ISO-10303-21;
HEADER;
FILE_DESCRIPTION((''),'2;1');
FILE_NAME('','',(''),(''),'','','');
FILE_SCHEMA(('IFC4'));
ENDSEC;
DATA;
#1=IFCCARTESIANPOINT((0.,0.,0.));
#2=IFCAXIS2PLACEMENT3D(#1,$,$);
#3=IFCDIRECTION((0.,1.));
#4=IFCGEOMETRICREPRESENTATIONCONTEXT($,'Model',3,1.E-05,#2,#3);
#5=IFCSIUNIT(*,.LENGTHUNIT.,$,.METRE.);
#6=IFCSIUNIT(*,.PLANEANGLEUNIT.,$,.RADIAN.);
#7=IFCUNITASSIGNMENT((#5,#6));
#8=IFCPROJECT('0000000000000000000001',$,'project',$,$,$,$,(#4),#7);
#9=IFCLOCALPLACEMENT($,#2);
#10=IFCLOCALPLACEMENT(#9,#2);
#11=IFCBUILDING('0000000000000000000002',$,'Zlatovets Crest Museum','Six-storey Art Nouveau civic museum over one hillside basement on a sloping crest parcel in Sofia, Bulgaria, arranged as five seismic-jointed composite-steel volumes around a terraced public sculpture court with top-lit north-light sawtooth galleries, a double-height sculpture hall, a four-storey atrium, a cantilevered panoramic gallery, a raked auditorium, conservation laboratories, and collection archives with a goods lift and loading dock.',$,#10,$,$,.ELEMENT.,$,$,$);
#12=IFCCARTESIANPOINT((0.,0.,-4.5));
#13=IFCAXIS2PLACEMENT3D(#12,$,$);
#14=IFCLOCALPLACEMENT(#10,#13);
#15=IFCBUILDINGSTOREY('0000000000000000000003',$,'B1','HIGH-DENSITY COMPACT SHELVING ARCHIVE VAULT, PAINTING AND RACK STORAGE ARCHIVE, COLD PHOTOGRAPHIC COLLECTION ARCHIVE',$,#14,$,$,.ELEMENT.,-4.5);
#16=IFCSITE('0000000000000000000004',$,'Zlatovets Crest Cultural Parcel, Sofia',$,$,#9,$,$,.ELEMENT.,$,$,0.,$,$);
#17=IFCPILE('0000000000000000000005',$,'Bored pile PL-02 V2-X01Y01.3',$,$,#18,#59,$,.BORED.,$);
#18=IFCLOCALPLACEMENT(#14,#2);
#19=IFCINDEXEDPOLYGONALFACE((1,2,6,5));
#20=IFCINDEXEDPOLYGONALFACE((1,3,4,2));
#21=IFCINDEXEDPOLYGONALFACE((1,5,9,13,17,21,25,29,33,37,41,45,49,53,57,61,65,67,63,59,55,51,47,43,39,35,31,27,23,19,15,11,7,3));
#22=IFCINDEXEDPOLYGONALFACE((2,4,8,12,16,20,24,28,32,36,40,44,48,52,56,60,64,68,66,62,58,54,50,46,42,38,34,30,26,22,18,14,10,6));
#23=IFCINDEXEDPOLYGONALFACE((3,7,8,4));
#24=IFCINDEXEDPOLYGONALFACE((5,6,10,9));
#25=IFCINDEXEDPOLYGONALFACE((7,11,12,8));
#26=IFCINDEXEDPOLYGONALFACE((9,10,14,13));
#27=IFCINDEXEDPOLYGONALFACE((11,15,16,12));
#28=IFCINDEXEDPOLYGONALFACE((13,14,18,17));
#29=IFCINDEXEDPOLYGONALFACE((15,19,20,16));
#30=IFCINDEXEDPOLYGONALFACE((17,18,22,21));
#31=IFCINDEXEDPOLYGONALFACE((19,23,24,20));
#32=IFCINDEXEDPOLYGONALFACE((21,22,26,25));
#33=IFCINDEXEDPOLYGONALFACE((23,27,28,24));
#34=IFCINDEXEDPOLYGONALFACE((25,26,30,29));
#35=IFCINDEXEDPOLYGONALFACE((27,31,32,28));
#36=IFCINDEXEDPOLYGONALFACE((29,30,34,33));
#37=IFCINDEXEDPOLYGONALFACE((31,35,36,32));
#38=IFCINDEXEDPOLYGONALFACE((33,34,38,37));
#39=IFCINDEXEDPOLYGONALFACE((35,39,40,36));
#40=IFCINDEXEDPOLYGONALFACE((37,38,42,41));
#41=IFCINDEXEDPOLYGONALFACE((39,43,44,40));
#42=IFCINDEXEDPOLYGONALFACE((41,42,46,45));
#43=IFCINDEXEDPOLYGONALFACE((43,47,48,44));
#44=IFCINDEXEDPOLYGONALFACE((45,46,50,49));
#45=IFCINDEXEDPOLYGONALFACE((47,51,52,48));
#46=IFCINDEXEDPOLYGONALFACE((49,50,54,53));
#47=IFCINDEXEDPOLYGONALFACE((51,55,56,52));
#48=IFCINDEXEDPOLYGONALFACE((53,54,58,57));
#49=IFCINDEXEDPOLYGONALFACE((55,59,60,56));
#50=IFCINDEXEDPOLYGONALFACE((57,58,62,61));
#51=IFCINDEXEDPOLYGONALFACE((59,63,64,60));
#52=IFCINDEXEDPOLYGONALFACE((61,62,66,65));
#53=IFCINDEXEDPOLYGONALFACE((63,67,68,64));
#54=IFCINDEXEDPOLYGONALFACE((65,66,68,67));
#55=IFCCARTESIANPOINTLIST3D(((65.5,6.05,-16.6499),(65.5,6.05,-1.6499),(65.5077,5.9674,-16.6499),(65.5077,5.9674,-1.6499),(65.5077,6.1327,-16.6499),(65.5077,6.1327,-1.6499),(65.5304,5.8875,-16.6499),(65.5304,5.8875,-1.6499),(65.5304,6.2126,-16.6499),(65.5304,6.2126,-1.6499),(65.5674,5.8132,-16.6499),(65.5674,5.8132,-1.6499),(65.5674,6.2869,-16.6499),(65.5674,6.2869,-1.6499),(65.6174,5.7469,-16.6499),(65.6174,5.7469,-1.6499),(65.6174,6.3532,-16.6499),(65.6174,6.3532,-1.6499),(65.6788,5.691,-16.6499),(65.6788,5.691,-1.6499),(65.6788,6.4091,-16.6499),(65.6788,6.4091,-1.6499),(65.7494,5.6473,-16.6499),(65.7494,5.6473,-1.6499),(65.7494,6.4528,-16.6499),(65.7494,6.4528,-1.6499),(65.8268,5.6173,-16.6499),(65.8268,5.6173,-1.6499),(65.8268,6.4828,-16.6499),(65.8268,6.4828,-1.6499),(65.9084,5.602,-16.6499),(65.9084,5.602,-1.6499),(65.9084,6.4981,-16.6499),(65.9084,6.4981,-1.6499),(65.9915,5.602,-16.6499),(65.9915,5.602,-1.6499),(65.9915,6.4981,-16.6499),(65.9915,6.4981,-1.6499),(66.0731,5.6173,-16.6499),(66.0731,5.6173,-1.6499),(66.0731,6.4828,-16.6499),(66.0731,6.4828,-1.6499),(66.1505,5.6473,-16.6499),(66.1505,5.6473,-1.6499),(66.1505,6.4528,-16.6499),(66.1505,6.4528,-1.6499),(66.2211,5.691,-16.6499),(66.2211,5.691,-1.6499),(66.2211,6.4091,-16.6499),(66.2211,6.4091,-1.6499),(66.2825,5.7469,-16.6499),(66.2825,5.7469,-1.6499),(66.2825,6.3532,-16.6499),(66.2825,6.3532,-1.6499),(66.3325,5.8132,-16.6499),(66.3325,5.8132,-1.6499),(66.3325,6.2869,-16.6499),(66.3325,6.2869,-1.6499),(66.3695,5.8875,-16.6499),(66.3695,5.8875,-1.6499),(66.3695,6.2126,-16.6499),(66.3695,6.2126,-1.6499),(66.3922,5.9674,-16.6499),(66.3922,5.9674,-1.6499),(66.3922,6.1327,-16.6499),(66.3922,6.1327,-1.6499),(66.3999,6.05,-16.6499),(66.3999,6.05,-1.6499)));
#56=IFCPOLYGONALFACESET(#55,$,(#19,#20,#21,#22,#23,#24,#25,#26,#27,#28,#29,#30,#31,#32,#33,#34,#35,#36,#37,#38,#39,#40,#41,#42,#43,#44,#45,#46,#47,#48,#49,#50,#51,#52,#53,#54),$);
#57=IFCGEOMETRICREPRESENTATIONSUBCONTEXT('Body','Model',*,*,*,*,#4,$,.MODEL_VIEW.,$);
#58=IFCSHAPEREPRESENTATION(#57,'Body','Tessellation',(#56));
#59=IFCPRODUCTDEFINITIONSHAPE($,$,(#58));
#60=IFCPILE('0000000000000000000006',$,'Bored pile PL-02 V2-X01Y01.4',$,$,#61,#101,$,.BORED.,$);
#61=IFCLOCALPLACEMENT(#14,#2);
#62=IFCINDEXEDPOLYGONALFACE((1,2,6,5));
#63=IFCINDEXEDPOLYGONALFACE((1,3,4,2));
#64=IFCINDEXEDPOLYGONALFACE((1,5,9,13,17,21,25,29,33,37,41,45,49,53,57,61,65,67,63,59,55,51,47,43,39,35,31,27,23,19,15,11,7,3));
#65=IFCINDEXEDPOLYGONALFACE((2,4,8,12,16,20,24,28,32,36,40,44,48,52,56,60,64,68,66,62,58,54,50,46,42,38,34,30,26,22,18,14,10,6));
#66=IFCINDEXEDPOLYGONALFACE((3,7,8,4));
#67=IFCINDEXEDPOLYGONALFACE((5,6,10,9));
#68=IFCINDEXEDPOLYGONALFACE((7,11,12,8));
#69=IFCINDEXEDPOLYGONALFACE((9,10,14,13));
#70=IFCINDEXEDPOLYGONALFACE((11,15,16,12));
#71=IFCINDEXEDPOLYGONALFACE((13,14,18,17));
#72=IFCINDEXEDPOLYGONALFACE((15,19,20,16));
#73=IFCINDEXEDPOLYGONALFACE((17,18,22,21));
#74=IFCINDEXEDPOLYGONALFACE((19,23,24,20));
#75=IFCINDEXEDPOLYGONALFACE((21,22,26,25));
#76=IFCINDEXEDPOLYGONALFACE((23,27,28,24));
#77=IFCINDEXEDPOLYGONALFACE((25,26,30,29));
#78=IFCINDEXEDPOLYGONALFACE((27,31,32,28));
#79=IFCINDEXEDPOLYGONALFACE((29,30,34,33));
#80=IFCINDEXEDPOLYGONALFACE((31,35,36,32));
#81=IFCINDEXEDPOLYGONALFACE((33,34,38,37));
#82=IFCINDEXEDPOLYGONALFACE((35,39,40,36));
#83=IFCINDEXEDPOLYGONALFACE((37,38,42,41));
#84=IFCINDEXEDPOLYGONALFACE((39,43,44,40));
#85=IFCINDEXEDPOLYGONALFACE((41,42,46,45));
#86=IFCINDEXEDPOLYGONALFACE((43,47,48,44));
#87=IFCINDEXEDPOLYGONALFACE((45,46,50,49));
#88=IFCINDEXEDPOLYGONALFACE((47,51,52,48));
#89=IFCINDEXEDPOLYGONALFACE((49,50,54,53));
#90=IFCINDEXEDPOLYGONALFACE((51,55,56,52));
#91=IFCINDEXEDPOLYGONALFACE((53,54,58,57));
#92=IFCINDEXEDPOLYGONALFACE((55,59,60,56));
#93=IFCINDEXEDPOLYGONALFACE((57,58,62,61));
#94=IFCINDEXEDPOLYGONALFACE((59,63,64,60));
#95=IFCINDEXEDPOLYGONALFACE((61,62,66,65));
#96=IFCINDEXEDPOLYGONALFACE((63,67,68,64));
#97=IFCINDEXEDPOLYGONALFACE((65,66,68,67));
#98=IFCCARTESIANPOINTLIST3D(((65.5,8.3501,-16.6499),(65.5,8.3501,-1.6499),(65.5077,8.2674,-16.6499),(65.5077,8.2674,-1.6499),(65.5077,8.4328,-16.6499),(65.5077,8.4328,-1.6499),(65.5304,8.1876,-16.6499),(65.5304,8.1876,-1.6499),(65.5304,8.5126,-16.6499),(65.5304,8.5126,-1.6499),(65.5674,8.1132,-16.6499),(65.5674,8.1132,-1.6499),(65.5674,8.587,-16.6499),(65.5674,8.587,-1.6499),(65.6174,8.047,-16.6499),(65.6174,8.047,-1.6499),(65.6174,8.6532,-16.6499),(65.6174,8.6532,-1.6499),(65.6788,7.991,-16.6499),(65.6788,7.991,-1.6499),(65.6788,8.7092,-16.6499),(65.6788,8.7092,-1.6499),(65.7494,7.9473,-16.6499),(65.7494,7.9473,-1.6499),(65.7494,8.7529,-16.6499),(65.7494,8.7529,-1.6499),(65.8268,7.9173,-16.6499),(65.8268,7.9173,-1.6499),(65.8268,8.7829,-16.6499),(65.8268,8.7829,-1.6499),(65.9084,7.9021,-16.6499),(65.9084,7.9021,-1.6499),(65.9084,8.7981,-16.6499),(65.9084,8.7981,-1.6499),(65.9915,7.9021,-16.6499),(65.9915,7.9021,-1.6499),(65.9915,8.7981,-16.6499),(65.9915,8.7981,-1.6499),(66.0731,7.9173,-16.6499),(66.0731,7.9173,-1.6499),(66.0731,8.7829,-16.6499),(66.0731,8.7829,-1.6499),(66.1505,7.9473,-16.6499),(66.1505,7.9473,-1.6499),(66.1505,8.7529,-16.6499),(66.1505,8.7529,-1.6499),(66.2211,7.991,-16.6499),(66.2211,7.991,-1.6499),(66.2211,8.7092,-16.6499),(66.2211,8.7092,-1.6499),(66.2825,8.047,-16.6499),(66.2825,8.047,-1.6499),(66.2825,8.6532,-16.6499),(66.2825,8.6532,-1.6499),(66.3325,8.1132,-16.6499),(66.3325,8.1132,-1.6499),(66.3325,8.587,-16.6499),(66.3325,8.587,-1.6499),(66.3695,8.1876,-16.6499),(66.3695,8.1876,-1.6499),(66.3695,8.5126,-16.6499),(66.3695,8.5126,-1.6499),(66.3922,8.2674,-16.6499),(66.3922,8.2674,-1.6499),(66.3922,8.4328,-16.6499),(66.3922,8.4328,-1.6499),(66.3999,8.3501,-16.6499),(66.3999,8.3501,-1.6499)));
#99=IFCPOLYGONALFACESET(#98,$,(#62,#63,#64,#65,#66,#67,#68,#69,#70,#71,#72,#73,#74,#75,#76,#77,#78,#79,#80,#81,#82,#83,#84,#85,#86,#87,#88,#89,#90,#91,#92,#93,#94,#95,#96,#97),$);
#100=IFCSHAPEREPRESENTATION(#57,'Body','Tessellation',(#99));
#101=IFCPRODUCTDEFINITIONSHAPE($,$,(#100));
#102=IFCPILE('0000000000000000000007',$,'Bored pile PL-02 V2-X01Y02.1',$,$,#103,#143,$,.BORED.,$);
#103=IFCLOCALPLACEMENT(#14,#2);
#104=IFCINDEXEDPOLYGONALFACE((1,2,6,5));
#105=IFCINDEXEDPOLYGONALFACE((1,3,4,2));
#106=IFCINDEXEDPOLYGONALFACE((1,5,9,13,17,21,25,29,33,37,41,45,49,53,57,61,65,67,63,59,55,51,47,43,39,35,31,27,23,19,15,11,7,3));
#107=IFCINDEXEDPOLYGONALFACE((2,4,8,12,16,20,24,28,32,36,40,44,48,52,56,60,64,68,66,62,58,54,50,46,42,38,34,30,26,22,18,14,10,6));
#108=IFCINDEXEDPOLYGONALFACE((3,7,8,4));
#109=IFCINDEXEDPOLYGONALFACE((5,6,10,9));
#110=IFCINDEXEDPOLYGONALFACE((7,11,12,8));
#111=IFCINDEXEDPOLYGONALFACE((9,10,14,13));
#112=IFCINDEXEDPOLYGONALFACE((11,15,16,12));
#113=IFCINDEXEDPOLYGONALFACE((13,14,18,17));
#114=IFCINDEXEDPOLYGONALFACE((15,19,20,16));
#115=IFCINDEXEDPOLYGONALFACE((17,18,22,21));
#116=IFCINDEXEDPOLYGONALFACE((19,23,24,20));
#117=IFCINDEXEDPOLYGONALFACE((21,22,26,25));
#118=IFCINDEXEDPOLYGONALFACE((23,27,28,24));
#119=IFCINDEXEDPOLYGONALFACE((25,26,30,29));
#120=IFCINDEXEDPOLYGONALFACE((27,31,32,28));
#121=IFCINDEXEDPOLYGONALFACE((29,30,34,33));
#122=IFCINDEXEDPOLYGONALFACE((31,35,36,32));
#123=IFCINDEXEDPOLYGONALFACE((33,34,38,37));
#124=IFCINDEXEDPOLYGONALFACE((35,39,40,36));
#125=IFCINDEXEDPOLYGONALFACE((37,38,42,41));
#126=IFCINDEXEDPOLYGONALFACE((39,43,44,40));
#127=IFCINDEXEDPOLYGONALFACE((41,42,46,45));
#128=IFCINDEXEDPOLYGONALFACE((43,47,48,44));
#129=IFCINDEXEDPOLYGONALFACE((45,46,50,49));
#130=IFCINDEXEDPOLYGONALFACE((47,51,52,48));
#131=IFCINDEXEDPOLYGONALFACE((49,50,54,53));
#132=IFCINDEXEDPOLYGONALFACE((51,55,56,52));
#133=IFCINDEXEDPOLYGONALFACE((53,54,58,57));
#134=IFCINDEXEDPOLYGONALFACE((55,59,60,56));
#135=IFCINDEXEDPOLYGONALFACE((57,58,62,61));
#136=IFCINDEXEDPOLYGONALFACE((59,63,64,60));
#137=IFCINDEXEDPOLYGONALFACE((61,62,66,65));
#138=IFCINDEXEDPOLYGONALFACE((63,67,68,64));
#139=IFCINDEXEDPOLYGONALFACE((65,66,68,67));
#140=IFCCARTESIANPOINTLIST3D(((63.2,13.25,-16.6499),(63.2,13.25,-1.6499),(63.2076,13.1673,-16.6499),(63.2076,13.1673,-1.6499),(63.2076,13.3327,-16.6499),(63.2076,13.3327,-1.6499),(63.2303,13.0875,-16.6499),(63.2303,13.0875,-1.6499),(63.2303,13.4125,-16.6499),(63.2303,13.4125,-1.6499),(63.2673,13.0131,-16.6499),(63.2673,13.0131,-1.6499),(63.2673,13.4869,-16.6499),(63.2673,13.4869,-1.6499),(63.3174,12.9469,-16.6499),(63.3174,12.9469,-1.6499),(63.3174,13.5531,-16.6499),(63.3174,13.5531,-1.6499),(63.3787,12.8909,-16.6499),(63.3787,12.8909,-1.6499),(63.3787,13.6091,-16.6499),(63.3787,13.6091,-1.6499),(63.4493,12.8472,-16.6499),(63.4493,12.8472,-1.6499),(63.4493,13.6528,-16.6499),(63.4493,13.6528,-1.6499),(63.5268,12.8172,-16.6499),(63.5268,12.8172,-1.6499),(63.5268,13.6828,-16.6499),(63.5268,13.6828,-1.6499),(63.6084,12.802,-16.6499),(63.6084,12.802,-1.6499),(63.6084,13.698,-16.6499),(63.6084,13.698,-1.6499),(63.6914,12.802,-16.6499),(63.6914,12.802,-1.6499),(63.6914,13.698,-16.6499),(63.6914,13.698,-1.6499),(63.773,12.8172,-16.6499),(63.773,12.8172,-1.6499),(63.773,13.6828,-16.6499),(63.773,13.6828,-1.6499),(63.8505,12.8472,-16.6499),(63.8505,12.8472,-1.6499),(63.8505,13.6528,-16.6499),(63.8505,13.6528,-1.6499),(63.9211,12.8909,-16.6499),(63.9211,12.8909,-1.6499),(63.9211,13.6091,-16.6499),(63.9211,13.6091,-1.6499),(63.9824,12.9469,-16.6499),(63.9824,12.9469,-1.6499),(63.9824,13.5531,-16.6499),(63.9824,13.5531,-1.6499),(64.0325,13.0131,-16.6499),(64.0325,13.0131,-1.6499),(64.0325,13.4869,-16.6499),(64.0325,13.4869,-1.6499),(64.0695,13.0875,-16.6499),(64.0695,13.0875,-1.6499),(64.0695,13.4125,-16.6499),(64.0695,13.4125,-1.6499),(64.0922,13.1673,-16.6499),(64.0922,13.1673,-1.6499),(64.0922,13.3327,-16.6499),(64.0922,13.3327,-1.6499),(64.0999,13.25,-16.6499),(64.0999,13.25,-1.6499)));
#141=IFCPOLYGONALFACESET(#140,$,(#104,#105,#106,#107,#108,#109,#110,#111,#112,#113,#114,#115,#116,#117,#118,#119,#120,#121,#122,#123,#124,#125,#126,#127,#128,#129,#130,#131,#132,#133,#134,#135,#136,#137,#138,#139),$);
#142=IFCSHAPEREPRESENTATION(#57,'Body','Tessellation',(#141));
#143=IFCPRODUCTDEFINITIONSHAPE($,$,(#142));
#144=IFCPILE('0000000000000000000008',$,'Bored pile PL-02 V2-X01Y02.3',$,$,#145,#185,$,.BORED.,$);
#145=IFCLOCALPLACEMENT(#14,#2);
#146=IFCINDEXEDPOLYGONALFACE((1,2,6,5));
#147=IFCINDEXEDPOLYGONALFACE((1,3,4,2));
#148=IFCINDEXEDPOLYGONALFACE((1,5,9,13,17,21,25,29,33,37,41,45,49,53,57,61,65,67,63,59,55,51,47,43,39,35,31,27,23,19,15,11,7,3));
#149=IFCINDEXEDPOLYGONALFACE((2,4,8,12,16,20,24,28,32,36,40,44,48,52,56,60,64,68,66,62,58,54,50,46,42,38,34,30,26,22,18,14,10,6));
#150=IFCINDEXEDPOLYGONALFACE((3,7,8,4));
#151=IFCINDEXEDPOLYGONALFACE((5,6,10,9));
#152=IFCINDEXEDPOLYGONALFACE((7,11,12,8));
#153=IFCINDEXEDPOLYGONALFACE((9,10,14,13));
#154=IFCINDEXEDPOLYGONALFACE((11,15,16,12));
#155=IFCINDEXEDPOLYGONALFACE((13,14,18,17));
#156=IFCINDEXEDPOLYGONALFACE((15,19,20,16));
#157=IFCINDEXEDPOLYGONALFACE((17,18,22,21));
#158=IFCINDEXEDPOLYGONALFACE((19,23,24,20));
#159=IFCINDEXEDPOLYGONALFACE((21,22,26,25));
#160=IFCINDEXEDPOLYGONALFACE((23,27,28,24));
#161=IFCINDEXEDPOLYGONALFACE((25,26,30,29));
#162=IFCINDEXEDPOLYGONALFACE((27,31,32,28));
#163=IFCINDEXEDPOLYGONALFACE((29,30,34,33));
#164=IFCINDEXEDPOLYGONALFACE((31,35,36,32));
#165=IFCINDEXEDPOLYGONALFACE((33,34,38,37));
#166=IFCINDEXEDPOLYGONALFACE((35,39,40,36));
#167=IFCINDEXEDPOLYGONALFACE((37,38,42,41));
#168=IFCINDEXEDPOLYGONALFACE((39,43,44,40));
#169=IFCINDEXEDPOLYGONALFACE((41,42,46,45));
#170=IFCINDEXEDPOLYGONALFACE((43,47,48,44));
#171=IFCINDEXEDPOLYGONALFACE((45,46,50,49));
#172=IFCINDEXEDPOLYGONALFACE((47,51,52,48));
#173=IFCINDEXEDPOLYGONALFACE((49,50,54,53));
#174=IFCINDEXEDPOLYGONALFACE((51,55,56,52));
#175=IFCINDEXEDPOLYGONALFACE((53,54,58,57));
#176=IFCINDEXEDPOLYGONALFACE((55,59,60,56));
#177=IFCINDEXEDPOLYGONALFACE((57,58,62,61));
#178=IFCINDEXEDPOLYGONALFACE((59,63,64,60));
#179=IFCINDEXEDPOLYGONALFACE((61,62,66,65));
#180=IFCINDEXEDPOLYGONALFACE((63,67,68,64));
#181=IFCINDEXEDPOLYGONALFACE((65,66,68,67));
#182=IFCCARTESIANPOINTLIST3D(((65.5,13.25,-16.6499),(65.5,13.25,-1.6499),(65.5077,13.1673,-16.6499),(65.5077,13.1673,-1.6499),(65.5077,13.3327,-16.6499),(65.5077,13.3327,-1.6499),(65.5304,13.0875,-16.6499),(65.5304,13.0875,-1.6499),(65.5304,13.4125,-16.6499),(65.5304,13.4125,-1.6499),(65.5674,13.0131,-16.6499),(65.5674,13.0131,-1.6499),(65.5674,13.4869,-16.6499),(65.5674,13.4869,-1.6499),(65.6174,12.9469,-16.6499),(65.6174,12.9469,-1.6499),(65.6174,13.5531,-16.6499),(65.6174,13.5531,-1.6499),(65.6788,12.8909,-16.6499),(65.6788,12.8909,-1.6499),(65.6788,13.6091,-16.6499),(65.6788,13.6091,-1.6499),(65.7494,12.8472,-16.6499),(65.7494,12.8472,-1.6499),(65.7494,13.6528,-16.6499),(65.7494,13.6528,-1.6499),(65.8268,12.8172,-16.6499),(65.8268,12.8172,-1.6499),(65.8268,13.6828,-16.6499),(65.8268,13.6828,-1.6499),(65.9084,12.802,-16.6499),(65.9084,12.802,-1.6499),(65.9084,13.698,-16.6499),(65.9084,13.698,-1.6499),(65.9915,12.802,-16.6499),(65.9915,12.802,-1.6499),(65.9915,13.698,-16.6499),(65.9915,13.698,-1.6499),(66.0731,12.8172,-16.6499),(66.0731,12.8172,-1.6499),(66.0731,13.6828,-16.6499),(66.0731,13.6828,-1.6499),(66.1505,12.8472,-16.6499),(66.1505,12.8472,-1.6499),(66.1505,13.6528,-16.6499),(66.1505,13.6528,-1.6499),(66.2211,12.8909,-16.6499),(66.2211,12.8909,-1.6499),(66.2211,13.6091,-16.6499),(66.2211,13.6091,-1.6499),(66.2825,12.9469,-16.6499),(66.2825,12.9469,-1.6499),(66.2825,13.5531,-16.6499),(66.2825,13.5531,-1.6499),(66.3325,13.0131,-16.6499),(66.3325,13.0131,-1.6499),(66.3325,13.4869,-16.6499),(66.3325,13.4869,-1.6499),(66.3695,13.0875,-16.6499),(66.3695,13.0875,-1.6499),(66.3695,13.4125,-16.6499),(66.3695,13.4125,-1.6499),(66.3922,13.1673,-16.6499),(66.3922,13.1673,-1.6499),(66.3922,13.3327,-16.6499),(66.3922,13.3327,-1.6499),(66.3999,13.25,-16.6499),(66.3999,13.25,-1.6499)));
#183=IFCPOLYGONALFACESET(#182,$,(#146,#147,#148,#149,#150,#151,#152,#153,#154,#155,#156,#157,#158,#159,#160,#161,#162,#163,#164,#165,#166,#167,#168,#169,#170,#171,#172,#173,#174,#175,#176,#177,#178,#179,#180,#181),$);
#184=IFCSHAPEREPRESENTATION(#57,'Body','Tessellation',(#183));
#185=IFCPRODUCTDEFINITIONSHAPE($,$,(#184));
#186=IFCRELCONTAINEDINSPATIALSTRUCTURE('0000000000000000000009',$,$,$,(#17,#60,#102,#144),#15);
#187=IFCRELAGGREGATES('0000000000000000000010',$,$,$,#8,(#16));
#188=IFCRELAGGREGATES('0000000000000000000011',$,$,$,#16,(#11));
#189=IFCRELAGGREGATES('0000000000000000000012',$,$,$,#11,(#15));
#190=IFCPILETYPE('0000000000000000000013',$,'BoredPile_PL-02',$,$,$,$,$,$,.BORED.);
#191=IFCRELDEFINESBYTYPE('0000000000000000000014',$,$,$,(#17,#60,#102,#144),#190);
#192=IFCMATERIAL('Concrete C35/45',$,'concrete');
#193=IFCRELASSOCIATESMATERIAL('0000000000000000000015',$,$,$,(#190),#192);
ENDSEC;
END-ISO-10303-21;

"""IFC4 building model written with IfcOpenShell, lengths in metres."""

from ifc_helpers import new_model, si_unit, direction, frame, origin, origin_2d, place, context, subcontext, project, spatial, circle, extrude, material, material_profile, profile_set, type_object, element, save


model = new_model("IFC4")

# Units and contexts
model_context = context("Model", 3, precision=1e-05, world=origin(), true_north=direction((0.0, 1.0)))
body_context = subcontext(model_context, "Body", "Model", "MODEL_VIEW")
ifc_project = project(units=[si_unit("LENGTHUNIT", "METRE"), si_unit("PLANEANGLEUNIT", "RADIAN")], contexts=[model_context])

# Site, building, storey
site_placement = place(None, origin())
site = spatial("IfcSite", under=ifc_project, at=site_placement, Name="Zlatovets Crest Cultural Parcel, Sofia", CompositionType="ELEMENT", RefElevation=0.0)
building_placement = place(site_placement, origin())
building = spatial("IfcBuilding", under=site, at=building_placement, Name="Zlatovets Crest Museum", Description="Six-storey Art Nouveau civic museum over one hillside basement on a sloping crest parcel in Sofia, Bulgaria, arranged as five seismic-jointed composite-steel volumes around a terraced public sculpture court with top-lit north-light sawtooth galleries, a double-height sculpture hall, a four-storey atrium, a cantilevered panoramic gallery, a raked auditorium, conservation laboratories, and collection archives with a goods lift and loading dock.", CompositionType="ELEMENT")
storey_placement = place(building_placement, frame((0.0, 0.0, -4.5)))
storey = spatial("IfcBuildingStorey", under=building, at=storey_placement, Name="B1", Description="HIGH-DENSITY COMPACT SHELVING ARCHIVE VAULT, PAINTING AND RACK STORAGE ARCHIVE, COLD PHOTOGRAPHIC COLLECTION ARCHIVE", CompositionType="ELEMENT", Elevation=-4.5)

# Piles
ifc_material_1 = material(Name="Concrete C35/45", Category="concrete")
ifc_material_profile_1 = material_profile(ifc_material_1, circle(Radius=0.45, at=origin_2d()), Name="PILE D900")
ifc_profile_set_1 = profile_set([ifc_material_profile_1], Name="Concrete C35/45")
pile_type = type_object("IfcPileType", Name="BoredPile_PL-02", PredefinedType="BORED", material=ifc_profile_set_1)
for number, where, z_axis, x_axis, name in (
    (1, (65.95, 6.05, -1.6499), (0.0, 0.0, -1.0), (1.0, 0.0, 0.0), "Bored pile PL-02 V2-X01Y01.3"),
    (2, (65.95, 8.3501, -1.6499), (0.0, 0.0, -1.0), (1.0, 0.0, 0.0), "Bored pile PL-02 V2-X01Y01.4"),
    (3, (63.6499, 13.25, -1.6499), (0.0, 0.0, -1.0), (1.0, 0.0, 0.0), "Bored pile PL-02 V2-X01Y02.1"),
    (4, (65.95, 13.25, -1.6499), (0.0, 0.0, -1.0), (1.0, 0.0, 0.0), "Bored pile PL-02 V2-X01Y02.3"),
):
    element("IfcPile", number, at=place(storey_placement, frame(where, z_axis=z_axis, x_axis=x_axis)), inside=storey, type_object=pile_type, Name=name, PredefinedType="BORED", context=body_context, shape_type="SweptSolid", body=[
        extrude(circle(Radius=0.45, at=origin_2d()), origin(), (0.0, 0.0, 1.0), 15.0),
    ])

save(model, "model.ifc")
